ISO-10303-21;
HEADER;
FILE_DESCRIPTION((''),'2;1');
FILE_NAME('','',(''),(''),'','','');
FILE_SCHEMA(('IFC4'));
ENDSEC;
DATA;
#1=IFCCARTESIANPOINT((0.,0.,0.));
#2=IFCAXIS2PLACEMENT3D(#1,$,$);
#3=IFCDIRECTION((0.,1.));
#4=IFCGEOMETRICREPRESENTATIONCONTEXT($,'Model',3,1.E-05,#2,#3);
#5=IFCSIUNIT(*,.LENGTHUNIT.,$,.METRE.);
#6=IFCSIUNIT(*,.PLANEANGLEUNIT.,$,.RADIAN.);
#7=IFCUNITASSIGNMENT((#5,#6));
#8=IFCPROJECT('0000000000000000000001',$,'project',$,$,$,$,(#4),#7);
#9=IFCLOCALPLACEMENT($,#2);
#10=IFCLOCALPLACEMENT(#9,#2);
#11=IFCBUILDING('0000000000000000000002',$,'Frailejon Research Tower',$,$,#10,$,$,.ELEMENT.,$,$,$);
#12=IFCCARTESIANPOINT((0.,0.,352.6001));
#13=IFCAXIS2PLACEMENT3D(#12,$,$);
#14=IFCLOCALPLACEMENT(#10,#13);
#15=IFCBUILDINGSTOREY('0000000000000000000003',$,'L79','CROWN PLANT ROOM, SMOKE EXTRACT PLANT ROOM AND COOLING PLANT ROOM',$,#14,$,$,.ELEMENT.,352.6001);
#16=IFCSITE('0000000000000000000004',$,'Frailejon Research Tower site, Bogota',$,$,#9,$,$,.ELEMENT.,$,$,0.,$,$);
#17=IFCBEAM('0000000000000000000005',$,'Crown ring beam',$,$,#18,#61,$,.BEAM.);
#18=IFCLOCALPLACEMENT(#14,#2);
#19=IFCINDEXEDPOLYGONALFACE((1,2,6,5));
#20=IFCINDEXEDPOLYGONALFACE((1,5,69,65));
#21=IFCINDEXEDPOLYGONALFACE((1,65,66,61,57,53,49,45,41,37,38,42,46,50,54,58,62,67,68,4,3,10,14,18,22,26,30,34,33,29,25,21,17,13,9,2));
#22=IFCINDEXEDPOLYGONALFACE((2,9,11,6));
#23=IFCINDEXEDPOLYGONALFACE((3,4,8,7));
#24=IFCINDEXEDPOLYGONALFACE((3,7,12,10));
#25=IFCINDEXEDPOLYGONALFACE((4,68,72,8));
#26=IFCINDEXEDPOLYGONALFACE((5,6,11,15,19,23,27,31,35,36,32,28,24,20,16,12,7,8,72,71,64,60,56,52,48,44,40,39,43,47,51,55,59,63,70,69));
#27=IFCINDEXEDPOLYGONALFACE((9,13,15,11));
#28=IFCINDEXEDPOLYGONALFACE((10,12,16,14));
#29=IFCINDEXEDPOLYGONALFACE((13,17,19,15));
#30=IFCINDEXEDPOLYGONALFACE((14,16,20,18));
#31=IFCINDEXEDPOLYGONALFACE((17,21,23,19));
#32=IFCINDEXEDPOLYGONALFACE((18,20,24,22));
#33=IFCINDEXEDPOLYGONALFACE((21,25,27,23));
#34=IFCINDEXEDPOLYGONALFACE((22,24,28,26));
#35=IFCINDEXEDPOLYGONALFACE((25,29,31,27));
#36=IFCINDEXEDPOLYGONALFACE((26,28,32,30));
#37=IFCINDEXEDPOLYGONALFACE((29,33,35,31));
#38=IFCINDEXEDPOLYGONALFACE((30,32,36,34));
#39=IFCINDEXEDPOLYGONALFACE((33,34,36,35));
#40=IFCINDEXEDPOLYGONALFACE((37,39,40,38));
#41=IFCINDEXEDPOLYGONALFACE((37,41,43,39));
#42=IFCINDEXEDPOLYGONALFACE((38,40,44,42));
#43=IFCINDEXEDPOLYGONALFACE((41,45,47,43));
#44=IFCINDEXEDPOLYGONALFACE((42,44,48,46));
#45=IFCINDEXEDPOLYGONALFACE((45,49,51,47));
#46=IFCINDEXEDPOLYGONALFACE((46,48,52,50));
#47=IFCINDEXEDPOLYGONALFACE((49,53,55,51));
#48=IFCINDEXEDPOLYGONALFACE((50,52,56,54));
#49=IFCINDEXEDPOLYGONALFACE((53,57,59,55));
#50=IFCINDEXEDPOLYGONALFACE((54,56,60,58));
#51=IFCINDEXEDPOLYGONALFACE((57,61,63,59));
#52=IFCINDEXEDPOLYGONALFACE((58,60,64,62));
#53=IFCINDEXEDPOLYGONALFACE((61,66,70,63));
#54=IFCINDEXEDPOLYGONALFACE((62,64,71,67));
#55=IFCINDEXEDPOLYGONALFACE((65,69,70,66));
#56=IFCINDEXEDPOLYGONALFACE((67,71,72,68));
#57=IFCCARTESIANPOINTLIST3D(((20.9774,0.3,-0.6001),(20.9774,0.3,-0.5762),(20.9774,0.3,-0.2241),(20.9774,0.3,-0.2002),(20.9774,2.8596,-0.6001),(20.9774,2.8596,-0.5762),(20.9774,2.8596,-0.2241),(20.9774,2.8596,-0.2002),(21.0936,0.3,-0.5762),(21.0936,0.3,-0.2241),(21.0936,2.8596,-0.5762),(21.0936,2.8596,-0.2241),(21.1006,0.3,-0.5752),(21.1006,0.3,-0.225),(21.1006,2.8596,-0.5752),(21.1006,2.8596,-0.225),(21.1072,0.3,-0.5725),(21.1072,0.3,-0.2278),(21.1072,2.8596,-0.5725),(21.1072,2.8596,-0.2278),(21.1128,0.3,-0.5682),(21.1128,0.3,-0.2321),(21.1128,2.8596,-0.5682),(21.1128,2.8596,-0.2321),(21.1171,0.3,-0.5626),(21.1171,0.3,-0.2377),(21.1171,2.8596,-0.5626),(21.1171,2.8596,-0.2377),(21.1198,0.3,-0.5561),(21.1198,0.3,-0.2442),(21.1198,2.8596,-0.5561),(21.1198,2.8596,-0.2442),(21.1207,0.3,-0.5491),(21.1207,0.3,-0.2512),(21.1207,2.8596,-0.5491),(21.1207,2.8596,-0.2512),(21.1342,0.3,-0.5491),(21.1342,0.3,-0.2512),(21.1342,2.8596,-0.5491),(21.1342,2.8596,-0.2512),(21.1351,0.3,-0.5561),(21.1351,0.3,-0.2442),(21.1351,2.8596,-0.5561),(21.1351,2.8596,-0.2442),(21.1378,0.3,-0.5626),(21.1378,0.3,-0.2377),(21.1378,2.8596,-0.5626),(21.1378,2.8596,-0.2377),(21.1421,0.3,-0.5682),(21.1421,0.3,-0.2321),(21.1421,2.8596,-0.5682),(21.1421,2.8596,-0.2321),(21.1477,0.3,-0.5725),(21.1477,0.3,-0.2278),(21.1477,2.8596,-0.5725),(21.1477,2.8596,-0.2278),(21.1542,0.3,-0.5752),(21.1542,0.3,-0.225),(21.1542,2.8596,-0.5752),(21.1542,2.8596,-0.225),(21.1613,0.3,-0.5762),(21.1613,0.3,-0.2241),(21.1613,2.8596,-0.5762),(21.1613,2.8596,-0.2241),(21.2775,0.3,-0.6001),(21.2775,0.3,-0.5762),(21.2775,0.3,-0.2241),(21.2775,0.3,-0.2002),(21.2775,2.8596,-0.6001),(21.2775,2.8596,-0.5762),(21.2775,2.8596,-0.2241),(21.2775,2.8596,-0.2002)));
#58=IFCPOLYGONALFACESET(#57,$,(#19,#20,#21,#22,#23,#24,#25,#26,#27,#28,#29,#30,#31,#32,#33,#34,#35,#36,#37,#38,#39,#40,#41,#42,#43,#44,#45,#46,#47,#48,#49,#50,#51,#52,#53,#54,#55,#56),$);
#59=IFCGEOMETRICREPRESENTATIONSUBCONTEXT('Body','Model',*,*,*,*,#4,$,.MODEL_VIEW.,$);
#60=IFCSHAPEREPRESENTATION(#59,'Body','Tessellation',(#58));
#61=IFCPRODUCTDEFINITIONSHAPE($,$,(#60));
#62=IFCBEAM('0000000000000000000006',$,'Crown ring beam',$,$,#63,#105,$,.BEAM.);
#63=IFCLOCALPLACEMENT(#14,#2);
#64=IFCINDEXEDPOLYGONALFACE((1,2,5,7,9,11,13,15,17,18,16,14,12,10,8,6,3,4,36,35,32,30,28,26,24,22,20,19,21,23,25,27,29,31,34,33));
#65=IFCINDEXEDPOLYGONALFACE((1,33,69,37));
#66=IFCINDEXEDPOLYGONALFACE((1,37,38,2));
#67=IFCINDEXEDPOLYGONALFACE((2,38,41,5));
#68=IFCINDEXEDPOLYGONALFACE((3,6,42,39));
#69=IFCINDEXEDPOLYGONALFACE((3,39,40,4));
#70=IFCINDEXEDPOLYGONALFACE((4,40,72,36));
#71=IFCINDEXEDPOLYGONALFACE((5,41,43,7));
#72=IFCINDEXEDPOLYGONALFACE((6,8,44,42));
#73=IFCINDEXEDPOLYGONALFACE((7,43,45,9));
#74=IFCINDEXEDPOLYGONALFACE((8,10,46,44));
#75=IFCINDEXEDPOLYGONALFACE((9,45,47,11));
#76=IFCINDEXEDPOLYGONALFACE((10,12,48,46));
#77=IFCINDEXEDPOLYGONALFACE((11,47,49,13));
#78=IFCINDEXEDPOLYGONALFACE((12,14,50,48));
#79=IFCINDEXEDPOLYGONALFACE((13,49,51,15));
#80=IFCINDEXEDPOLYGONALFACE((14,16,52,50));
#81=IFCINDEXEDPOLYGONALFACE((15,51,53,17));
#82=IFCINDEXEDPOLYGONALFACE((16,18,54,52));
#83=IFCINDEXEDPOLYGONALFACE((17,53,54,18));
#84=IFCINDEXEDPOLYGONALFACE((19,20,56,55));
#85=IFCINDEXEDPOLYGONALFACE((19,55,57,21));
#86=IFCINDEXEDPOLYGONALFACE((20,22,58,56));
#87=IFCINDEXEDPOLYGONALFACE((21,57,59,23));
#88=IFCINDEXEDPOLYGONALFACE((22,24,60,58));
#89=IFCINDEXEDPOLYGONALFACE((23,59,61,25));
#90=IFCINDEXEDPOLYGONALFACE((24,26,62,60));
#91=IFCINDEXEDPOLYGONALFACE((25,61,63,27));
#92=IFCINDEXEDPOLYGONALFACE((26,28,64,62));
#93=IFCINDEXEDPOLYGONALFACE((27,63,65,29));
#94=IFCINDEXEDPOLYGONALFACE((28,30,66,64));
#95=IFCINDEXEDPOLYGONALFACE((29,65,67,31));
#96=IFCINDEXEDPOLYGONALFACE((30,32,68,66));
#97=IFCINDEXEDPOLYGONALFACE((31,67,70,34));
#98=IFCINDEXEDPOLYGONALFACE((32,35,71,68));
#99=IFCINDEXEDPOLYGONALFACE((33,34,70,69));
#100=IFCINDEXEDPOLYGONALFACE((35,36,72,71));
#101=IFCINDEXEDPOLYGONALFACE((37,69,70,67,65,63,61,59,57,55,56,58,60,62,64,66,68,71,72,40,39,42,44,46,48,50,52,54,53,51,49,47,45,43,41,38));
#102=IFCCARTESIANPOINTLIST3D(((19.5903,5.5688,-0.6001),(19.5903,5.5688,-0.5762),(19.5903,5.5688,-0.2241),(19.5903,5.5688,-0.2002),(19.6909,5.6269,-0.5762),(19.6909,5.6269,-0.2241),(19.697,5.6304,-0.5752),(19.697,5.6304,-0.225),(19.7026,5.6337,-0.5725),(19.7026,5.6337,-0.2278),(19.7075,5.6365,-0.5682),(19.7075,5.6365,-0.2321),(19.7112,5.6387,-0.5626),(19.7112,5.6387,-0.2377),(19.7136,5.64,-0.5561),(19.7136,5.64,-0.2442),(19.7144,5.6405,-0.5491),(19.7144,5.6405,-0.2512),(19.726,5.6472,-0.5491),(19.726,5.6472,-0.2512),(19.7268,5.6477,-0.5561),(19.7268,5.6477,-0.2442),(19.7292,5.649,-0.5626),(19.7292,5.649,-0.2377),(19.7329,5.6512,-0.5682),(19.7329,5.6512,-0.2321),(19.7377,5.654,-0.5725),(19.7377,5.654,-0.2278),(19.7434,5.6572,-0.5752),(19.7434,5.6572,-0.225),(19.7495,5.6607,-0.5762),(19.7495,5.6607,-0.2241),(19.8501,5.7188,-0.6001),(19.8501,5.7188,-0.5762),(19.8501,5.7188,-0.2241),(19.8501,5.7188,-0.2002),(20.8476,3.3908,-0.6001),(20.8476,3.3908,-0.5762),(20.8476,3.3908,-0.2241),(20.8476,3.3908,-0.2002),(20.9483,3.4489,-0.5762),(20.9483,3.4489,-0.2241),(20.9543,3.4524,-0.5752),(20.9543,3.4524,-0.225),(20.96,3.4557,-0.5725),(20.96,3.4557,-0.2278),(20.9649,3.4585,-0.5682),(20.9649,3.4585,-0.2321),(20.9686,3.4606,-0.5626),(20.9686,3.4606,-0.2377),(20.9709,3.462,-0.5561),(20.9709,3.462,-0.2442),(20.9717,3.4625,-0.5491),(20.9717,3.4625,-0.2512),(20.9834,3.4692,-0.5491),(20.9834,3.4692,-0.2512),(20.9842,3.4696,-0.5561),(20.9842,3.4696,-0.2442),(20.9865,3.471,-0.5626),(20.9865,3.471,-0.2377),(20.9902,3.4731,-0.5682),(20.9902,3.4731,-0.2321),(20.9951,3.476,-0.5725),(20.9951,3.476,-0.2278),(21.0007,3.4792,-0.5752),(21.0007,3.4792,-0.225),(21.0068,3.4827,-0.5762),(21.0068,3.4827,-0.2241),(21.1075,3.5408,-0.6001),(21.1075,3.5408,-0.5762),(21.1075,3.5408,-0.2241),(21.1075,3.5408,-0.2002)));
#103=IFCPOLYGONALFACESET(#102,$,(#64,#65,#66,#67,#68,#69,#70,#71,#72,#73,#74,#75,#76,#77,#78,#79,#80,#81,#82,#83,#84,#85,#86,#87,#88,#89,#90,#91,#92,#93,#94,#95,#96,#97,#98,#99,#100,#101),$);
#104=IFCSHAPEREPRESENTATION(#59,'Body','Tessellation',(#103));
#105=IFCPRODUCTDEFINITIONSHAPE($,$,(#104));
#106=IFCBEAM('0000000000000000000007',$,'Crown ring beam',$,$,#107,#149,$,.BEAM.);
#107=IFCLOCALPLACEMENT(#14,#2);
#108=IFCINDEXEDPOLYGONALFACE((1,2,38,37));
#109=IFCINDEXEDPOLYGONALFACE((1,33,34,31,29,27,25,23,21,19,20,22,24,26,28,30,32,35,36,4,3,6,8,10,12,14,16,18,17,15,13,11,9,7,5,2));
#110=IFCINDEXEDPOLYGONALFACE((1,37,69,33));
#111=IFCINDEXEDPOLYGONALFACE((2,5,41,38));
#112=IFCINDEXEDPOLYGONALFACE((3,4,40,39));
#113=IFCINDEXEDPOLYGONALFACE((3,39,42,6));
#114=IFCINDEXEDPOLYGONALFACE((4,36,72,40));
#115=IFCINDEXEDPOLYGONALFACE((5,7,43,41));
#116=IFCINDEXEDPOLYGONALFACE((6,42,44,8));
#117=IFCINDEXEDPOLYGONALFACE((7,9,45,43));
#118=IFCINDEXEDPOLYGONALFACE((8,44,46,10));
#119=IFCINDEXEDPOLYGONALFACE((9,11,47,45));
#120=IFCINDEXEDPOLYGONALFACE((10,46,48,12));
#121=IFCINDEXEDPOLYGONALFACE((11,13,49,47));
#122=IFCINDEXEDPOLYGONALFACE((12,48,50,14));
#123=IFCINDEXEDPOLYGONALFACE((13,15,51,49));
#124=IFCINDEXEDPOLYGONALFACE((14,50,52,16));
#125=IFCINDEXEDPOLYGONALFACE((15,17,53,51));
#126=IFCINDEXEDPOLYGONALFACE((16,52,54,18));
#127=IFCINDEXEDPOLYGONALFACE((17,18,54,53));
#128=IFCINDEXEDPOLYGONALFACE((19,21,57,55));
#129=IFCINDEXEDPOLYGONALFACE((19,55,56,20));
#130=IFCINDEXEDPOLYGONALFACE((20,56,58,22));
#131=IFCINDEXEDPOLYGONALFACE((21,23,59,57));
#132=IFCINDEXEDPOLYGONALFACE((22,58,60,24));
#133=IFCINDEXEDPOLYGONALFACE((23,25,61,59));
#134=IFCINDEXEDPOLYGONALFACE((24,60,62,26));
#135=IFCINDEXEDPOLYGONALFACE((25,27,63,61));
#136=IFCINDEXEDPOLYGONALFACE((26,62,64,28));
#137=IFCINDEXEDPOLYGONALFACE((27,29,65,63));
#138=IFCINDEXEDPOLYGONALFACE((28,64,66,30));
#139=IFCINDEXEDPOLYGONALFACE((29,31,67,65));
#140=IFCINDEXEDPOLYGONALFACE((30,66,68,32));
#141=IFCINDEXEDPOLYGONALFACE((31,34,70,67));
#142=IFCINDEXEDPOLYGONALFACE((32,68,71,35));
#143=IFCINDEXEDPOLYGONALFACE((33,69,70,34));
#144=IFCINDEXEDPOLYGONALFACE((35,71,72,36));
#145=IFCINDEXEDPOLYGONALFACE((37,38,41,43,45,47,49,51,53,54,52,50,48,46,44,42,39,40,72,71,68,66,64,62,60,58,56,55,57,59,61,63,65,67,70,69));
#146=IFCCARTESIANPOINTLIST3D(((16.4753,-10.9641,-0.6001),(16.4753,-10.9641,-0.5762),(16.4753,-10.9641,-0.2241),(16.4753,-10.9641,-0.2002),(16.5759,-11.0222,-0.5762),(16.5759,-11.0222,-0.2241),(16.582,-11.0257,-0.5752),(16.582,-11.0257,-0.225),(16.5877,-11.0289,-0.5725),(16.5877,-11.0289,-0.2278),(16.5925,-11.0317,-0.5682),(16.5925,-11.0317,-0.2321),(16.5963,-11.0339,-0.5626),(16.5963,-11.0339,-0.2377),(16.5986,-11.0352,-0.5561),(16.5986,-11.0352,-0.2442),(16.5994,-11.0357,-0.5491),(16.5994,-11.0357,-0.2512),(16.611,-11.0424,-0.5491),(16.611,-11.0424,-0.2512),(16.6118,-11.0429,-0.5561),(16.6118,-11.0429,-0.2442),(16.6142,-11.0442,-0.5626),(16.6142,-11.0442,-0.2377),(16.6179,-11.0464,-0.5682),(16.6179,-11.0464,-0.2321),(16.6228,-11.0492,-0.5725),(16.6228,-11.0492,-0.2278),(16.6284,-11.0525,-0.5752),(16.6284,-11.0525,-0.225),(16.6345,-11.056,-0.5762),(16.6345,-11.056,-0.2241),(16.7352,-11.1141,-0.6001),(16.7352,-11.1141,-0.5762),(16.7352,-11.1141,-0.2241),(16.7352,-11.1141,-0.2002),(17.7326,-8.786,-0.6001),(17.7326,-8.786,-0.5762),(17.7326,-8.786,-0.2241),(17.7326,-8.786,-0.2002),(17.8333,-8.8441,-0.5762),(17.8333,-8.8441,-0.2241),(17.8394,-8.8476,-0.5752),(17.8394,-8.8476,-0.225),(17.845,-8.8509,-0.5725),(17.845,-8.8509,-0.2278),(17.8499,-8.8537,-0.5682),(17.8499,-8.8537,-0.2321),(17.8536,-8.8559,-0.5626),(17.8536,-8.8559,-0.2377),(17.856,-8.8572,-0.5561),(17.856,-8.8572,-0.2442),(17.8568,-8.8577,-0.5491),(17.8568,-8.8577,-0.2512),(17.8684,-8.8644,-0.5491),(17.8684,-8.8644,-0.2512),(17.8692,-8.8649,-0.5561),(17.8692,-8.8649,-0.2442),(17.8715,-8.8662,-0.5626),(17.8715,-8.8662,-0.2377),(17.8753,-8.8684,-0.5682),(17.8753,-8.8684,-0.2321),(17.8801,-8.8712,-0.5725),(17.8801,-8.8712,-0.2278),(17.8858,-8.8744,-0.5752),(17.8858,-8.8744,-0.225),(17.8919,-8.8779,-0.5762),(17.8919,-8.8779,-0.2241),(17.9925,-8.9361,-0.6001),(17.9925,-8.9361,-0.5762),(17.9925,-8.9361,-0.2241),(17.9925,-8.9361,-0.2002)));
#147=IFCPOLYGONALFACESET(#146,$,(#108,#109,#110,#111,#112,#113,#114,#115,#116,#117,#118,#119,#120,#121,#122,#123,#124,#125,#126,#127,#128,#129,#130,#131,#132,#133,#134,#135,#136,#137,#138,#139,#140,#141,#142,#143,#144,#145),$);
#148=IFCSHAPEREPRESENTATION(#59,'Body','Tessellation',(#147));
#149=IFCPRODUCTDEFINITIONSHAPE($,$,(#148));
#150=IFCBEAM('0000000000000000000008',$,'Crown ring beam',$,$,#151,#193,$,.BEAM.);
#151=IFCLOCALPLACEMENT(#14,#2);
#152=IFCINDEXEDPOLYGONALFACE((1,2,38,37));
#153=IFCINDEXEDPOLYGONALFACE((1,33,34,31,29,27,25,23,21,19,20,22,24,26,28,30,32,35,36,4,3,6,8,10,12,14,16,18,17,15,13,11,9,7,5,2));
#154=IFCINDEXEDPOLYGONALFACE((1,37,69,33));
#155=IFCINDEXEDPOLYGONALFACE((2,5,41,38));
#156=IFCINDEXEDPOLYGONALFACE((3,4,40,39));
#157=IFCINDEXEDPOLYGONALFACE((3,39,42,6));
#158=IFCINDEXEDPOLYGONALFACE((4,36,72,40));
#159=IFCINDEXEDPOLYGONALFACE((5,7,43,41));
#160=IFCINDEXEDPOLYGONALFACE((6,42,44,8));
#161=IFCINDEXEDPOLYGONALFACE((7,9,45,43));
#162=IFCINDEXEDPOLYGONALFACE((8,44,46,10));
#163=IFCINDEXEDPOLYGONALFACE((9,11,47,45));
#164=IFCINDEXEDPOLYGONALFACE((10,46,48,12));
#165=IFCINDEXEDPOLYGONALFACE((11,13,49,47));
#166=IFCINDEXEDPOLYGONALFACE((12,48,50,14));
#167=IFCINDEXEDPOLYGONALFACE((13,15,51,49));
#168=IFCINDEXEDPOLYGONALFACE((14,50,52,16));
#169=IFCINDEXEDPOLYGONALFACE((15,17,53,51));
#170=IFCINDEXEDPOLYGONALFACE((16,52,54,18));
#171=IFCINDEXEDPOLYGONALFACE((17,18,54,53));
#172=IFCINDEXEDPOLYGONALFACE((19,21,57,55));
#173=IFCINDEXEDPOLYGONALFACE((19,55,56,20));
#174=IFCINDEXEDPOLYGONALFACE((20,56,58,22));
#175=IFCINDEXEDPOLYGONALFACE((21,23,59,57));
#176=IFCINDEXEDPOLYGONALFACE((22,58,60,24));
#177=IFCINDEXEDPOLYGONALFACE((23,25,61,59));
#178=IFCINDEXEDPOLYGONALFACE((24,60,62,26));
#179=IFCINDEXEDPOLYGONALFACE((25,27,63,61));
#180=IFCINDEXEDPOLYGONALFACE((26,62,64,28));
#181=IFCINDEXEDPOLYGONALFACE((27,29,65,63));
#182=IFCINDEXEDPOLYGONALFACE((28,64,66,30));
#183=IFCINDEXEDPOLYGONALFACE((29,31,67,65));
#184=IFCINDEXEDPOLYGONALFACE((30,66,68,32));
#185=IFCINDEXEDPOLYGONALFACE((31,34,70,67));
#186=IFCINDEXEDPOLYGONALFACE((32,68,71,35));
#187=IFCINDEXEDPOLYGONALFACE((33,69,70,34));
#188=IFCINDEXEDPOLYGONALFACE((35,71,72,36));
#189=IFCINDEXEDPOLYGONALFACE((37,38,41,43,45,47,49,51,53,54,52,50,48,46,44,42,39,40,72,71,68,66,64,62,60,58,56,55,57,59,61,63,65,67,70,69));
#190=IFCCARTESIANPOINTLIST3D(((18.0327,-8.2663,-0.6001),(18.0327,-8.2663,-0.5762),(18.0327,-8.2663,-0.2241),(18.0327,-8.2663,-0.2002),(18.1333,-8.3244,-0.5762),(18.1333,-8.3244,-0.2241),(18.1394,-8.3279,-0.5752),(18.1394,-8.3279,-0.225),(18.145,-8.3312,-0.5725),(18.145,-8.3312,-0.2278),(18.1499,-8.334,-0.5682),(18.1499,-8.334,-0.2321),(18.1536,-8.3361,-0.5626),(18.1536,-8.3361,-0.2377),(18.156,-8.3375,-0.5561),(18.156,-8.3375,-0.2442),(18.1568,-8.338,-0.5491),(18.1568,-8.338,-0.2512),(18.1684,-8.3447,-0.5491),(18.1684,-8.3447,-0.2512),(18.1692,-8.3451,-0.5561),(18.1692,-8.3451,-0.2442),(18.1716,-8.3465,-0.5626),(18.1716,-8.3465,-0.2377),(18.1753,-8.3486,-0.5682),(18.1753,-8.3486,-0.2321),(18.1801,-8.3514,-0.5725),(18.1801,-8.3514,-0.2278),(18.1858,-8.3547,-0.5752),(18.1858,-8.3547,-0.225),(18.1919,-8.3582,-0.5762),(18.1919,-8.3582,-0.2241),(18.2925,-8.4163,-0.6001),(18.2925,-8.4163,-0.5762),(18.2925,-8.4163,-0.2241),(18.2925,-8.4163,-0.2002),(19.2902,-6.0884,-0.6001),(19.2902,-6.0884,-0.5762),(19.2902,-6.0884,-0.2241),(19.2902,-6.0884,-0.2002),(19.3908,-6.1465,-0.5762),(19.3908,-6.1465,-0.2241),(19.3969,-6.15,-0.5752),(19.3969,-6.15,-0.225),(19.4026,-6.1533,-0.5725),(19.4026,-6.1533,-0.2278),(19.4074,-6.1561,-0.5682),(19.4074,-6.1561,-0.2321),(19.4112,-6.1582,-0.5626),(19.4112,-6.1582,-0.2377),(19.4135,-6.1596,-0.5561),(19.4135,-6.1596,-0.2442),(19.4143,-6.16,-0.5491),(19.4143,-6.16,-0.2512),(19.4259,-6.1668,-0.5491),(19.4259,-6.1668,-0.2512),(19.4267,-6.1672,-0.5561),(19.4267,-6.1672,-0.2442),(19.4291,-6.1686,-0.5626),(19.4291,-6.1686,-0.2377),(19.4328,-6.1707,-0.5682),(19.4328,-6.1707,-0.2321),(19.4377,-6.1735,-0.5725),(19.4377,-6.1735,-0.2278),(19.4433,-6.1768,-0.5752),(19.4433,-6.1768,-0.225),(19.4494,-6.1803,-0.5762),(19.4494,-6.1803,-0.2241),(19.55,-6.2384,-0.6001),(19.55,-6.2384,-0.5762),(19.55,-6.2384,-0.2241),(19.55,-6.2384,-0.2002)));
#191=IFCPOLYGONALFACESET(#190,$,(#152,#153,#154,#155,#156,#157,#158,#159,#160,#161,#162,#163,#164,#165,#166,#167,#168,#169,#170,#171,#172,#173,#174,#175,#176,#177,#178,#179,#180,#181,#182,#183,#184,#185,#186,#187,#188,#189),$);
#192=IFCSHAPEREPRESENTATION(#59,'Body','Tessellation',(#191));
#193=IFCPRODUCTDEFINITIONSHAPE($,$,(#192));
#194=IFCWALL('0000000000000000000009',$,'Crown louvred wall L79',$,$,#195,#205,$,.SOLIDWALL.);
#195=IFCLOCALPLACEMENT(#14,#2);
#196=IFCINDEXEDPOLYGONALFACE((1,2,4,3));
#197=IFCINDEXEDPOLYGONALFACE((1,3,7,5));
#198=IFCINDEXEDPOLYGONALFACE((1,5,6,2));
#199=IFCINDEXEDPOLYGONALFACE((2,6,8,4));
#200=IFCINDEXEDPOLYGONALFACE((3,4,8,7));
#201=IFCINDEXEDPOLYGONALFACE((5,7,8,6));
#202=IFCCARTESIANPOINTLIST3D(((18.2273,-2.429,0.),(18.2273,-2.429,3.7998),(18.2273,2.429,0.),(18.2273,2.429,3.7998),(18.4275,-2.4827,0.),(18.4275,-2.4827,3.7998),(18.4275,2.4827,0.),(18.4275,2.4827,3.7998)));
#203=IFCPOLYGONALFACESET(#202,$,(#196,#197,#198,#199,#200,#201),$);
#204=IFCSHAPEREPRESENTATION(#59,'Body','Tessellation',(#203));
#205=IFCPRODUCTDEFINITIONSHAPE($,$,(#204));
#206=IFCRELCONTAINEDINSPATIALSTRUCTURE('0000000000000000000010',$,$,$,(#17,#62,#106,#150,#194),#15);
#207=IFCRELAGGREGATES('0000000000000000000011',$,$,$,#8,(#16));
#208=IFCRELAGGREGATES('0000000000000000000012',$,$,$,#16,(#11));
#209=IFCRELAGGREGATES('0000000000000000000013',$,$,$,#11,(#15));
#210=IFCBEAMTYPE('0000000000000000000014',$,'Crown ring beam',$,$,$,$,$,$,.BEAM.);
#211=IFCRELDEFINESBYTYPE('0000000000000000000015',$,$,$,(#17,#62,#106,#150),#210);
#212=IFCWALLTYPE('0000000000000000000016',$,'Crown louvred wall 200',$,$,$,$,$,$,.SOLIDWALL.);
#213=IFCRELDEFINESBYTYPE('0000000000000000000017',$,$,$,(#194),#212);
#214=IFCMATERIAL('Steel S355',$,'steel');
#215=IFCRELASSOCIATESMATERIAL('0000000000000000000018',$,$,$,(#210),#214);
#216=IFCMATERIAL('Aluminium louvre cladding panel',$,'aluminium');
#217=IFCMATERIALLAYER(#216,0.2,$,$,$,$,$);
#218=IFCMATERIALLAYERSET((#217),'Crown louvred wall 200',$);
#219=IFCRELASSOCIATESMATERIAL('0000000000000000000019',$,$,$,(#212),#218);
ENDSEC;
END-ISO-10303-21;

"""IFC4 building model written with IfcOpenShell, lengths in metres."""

from ifc_helpers import new_model, si_unit, direction, frame, origin, origin_2d, place, context, subcontext, project, spatial, polyline, i_section, outline, extrude, material, layer, layer_set, material_profile, profile_set, type_object, element, save


model = new_model("IFC4")

# Units and contexts
model_context = context("Model", 3, precision=1e-05, world=origin(), true_north=direction((0.0, 1.0)))
body_context = subcontext(model_context, "Body", "Model", "MODEL_VIEW")
ifc_project = project(units=[si_unit("LENGTHUNIT", "METRE"), si_unit("PLANEANGLEUNIT", "RADIAN")], contexts=[model_context])

# Site, building, storey
site_placement = place(None, origin())
site = spatial("IfcSite", under=ifc_project, at=site_placement, Name="Frailejon Research Tower site, Bogota", CompositionType="ELEMENT", RefElevation=0.0)
building_placement = place(site_placement, origin())
building = spatial("IfcBuilding", under=site, at=building_placement, Name="Frailejon Research Tower", CompositionType="ELEMENT")
storey_placement = place(building_placement, frame((0.0, 0.0, 352.6001)))
storey = spatial("IfcBuildingStorey", under=building, at=storey_placement, Name="L79", Description="CROWN PLANT ROOM, SMOKE EXTRACT PLANT ROOM AND COOLING PLANT ROOM", CompositionType="ELEMENT", Elevation=352.6001)

# Beams
ifc_material_1 = material(Name="Steel S355", Category="steel")
ifc_material_profile_1 = material_profile(ifc_material_1, i_section(OverallWidth=0.3, OverallDepth=0.3999, WebThickness=0.0134, FlangeThickness=0.0239, FilletRadius=0.0271, at=origin_2d()), Name="HE 400 B")
ifc_profile_set_1 = profile_set([ifc_material_profile_1], Name="Steel S355")
beam_type_1 = type_object("IfcBeamType", Name="Crown ring beam", PredefinedType="BEAM", material=ifc_profile_set_1)
beam_1_placement = place(storey_placement, frame((21.1274, 0.3, -0.4001), z_axis=(0.0, 1.0, 0.0), x_axis=(-1.0, 0.0, 0.0)))
element("IfcBeam", 1, at=beam_1_placement, inside=storey, type_object=beam_type_1, Name="Crown ring beam", PredefinedType="BEAM", context=body_context, shape_type="SweptSolid", body=[
    extrude(i_section(OverallWidth=0.3, OverallDepth=0.3999, WebThickness=0.0134, FlangeThickness=0.0239, FilletRadius=0.0271, at=origin_2d()), origin(), (0.0, 0.0, 1.0), 2.5596),
])
for number, where, z_axis, x_axis, name in (
    (2, (20.9775, 3.4658, -0.4001), (-0.499961, 0.866048, 0.0), (-0.866048, -0.499961, 0.0), "Crown ring beam"),
    (3, (16.6052, -11.0391, -0.4001), (0.499961, 0.866048, 0.0), (-0.866048, 0.499961, 0.0), "Crown ring beam"),
    (4, (18.1626, -8.3413, -0.4001), (0.500033, 0.866006, 0.0), (-0.866006, 0.500033, 0.0), "Crown ring beam"),
):
    element("IfcBeam", number, at=place(storey_placement, frame(where, z_axis=z_axis, x_axis=x_axis)), inside=storey, type_object=beam_type_1, Name=name, PredefinedType="BEAM", context=body_context, shape_type="SweptSolid", body=[
        extrude(i_section(OverallWidth=0.3, OverallDepth=0.3999, WebThickness=0.0134, FlangeThickness=0.0239, FilletRadius=0.0271, at=origin_2d()), origin(), (0.0, 0.0, 1.0), 2.5149),
    ])

# Wall
ifc_material_2 = material(Name="Aluminium louvre cladding panel", Category="aluminium")
ifc_layer_1 = layer(ifc_material_2, 0.2)
ifc_layer_set_1 = layer_set([ifc_layer_1], Name="Crown louvred wall 200")
wall_type = type_object("IfcWallType", Name="Crown louvred wall 200", PredefinedType="SOLIDWALL", material=ifc_layer_set_1)
wall_1_placement = place(storey_placement, frame((18.3274, -2.4558, 0.0), z_axis=(0.0, 0.0, 1.0), x_axis=(0.0, 1.0, 0.0)))
element("IfcWall", 5, at=wall_1_placement, inside=storey, type_object=wall_type, Name="Crown louvred wall L79", PredefinedType="SOLIDWALL", context=body_context, shape_type="SweptSolid", body=[
    extrude(outline(polyline([(-0.0269, -0.1001), (4.9385, -0.1001), (4.8848, 0.1001), (0.0269, 0.1001), (-0.0269, -0.1001)])), origin(), (0.0, 0.0, 1.0), 3.7998),
])

save(model, "model.ifc")
